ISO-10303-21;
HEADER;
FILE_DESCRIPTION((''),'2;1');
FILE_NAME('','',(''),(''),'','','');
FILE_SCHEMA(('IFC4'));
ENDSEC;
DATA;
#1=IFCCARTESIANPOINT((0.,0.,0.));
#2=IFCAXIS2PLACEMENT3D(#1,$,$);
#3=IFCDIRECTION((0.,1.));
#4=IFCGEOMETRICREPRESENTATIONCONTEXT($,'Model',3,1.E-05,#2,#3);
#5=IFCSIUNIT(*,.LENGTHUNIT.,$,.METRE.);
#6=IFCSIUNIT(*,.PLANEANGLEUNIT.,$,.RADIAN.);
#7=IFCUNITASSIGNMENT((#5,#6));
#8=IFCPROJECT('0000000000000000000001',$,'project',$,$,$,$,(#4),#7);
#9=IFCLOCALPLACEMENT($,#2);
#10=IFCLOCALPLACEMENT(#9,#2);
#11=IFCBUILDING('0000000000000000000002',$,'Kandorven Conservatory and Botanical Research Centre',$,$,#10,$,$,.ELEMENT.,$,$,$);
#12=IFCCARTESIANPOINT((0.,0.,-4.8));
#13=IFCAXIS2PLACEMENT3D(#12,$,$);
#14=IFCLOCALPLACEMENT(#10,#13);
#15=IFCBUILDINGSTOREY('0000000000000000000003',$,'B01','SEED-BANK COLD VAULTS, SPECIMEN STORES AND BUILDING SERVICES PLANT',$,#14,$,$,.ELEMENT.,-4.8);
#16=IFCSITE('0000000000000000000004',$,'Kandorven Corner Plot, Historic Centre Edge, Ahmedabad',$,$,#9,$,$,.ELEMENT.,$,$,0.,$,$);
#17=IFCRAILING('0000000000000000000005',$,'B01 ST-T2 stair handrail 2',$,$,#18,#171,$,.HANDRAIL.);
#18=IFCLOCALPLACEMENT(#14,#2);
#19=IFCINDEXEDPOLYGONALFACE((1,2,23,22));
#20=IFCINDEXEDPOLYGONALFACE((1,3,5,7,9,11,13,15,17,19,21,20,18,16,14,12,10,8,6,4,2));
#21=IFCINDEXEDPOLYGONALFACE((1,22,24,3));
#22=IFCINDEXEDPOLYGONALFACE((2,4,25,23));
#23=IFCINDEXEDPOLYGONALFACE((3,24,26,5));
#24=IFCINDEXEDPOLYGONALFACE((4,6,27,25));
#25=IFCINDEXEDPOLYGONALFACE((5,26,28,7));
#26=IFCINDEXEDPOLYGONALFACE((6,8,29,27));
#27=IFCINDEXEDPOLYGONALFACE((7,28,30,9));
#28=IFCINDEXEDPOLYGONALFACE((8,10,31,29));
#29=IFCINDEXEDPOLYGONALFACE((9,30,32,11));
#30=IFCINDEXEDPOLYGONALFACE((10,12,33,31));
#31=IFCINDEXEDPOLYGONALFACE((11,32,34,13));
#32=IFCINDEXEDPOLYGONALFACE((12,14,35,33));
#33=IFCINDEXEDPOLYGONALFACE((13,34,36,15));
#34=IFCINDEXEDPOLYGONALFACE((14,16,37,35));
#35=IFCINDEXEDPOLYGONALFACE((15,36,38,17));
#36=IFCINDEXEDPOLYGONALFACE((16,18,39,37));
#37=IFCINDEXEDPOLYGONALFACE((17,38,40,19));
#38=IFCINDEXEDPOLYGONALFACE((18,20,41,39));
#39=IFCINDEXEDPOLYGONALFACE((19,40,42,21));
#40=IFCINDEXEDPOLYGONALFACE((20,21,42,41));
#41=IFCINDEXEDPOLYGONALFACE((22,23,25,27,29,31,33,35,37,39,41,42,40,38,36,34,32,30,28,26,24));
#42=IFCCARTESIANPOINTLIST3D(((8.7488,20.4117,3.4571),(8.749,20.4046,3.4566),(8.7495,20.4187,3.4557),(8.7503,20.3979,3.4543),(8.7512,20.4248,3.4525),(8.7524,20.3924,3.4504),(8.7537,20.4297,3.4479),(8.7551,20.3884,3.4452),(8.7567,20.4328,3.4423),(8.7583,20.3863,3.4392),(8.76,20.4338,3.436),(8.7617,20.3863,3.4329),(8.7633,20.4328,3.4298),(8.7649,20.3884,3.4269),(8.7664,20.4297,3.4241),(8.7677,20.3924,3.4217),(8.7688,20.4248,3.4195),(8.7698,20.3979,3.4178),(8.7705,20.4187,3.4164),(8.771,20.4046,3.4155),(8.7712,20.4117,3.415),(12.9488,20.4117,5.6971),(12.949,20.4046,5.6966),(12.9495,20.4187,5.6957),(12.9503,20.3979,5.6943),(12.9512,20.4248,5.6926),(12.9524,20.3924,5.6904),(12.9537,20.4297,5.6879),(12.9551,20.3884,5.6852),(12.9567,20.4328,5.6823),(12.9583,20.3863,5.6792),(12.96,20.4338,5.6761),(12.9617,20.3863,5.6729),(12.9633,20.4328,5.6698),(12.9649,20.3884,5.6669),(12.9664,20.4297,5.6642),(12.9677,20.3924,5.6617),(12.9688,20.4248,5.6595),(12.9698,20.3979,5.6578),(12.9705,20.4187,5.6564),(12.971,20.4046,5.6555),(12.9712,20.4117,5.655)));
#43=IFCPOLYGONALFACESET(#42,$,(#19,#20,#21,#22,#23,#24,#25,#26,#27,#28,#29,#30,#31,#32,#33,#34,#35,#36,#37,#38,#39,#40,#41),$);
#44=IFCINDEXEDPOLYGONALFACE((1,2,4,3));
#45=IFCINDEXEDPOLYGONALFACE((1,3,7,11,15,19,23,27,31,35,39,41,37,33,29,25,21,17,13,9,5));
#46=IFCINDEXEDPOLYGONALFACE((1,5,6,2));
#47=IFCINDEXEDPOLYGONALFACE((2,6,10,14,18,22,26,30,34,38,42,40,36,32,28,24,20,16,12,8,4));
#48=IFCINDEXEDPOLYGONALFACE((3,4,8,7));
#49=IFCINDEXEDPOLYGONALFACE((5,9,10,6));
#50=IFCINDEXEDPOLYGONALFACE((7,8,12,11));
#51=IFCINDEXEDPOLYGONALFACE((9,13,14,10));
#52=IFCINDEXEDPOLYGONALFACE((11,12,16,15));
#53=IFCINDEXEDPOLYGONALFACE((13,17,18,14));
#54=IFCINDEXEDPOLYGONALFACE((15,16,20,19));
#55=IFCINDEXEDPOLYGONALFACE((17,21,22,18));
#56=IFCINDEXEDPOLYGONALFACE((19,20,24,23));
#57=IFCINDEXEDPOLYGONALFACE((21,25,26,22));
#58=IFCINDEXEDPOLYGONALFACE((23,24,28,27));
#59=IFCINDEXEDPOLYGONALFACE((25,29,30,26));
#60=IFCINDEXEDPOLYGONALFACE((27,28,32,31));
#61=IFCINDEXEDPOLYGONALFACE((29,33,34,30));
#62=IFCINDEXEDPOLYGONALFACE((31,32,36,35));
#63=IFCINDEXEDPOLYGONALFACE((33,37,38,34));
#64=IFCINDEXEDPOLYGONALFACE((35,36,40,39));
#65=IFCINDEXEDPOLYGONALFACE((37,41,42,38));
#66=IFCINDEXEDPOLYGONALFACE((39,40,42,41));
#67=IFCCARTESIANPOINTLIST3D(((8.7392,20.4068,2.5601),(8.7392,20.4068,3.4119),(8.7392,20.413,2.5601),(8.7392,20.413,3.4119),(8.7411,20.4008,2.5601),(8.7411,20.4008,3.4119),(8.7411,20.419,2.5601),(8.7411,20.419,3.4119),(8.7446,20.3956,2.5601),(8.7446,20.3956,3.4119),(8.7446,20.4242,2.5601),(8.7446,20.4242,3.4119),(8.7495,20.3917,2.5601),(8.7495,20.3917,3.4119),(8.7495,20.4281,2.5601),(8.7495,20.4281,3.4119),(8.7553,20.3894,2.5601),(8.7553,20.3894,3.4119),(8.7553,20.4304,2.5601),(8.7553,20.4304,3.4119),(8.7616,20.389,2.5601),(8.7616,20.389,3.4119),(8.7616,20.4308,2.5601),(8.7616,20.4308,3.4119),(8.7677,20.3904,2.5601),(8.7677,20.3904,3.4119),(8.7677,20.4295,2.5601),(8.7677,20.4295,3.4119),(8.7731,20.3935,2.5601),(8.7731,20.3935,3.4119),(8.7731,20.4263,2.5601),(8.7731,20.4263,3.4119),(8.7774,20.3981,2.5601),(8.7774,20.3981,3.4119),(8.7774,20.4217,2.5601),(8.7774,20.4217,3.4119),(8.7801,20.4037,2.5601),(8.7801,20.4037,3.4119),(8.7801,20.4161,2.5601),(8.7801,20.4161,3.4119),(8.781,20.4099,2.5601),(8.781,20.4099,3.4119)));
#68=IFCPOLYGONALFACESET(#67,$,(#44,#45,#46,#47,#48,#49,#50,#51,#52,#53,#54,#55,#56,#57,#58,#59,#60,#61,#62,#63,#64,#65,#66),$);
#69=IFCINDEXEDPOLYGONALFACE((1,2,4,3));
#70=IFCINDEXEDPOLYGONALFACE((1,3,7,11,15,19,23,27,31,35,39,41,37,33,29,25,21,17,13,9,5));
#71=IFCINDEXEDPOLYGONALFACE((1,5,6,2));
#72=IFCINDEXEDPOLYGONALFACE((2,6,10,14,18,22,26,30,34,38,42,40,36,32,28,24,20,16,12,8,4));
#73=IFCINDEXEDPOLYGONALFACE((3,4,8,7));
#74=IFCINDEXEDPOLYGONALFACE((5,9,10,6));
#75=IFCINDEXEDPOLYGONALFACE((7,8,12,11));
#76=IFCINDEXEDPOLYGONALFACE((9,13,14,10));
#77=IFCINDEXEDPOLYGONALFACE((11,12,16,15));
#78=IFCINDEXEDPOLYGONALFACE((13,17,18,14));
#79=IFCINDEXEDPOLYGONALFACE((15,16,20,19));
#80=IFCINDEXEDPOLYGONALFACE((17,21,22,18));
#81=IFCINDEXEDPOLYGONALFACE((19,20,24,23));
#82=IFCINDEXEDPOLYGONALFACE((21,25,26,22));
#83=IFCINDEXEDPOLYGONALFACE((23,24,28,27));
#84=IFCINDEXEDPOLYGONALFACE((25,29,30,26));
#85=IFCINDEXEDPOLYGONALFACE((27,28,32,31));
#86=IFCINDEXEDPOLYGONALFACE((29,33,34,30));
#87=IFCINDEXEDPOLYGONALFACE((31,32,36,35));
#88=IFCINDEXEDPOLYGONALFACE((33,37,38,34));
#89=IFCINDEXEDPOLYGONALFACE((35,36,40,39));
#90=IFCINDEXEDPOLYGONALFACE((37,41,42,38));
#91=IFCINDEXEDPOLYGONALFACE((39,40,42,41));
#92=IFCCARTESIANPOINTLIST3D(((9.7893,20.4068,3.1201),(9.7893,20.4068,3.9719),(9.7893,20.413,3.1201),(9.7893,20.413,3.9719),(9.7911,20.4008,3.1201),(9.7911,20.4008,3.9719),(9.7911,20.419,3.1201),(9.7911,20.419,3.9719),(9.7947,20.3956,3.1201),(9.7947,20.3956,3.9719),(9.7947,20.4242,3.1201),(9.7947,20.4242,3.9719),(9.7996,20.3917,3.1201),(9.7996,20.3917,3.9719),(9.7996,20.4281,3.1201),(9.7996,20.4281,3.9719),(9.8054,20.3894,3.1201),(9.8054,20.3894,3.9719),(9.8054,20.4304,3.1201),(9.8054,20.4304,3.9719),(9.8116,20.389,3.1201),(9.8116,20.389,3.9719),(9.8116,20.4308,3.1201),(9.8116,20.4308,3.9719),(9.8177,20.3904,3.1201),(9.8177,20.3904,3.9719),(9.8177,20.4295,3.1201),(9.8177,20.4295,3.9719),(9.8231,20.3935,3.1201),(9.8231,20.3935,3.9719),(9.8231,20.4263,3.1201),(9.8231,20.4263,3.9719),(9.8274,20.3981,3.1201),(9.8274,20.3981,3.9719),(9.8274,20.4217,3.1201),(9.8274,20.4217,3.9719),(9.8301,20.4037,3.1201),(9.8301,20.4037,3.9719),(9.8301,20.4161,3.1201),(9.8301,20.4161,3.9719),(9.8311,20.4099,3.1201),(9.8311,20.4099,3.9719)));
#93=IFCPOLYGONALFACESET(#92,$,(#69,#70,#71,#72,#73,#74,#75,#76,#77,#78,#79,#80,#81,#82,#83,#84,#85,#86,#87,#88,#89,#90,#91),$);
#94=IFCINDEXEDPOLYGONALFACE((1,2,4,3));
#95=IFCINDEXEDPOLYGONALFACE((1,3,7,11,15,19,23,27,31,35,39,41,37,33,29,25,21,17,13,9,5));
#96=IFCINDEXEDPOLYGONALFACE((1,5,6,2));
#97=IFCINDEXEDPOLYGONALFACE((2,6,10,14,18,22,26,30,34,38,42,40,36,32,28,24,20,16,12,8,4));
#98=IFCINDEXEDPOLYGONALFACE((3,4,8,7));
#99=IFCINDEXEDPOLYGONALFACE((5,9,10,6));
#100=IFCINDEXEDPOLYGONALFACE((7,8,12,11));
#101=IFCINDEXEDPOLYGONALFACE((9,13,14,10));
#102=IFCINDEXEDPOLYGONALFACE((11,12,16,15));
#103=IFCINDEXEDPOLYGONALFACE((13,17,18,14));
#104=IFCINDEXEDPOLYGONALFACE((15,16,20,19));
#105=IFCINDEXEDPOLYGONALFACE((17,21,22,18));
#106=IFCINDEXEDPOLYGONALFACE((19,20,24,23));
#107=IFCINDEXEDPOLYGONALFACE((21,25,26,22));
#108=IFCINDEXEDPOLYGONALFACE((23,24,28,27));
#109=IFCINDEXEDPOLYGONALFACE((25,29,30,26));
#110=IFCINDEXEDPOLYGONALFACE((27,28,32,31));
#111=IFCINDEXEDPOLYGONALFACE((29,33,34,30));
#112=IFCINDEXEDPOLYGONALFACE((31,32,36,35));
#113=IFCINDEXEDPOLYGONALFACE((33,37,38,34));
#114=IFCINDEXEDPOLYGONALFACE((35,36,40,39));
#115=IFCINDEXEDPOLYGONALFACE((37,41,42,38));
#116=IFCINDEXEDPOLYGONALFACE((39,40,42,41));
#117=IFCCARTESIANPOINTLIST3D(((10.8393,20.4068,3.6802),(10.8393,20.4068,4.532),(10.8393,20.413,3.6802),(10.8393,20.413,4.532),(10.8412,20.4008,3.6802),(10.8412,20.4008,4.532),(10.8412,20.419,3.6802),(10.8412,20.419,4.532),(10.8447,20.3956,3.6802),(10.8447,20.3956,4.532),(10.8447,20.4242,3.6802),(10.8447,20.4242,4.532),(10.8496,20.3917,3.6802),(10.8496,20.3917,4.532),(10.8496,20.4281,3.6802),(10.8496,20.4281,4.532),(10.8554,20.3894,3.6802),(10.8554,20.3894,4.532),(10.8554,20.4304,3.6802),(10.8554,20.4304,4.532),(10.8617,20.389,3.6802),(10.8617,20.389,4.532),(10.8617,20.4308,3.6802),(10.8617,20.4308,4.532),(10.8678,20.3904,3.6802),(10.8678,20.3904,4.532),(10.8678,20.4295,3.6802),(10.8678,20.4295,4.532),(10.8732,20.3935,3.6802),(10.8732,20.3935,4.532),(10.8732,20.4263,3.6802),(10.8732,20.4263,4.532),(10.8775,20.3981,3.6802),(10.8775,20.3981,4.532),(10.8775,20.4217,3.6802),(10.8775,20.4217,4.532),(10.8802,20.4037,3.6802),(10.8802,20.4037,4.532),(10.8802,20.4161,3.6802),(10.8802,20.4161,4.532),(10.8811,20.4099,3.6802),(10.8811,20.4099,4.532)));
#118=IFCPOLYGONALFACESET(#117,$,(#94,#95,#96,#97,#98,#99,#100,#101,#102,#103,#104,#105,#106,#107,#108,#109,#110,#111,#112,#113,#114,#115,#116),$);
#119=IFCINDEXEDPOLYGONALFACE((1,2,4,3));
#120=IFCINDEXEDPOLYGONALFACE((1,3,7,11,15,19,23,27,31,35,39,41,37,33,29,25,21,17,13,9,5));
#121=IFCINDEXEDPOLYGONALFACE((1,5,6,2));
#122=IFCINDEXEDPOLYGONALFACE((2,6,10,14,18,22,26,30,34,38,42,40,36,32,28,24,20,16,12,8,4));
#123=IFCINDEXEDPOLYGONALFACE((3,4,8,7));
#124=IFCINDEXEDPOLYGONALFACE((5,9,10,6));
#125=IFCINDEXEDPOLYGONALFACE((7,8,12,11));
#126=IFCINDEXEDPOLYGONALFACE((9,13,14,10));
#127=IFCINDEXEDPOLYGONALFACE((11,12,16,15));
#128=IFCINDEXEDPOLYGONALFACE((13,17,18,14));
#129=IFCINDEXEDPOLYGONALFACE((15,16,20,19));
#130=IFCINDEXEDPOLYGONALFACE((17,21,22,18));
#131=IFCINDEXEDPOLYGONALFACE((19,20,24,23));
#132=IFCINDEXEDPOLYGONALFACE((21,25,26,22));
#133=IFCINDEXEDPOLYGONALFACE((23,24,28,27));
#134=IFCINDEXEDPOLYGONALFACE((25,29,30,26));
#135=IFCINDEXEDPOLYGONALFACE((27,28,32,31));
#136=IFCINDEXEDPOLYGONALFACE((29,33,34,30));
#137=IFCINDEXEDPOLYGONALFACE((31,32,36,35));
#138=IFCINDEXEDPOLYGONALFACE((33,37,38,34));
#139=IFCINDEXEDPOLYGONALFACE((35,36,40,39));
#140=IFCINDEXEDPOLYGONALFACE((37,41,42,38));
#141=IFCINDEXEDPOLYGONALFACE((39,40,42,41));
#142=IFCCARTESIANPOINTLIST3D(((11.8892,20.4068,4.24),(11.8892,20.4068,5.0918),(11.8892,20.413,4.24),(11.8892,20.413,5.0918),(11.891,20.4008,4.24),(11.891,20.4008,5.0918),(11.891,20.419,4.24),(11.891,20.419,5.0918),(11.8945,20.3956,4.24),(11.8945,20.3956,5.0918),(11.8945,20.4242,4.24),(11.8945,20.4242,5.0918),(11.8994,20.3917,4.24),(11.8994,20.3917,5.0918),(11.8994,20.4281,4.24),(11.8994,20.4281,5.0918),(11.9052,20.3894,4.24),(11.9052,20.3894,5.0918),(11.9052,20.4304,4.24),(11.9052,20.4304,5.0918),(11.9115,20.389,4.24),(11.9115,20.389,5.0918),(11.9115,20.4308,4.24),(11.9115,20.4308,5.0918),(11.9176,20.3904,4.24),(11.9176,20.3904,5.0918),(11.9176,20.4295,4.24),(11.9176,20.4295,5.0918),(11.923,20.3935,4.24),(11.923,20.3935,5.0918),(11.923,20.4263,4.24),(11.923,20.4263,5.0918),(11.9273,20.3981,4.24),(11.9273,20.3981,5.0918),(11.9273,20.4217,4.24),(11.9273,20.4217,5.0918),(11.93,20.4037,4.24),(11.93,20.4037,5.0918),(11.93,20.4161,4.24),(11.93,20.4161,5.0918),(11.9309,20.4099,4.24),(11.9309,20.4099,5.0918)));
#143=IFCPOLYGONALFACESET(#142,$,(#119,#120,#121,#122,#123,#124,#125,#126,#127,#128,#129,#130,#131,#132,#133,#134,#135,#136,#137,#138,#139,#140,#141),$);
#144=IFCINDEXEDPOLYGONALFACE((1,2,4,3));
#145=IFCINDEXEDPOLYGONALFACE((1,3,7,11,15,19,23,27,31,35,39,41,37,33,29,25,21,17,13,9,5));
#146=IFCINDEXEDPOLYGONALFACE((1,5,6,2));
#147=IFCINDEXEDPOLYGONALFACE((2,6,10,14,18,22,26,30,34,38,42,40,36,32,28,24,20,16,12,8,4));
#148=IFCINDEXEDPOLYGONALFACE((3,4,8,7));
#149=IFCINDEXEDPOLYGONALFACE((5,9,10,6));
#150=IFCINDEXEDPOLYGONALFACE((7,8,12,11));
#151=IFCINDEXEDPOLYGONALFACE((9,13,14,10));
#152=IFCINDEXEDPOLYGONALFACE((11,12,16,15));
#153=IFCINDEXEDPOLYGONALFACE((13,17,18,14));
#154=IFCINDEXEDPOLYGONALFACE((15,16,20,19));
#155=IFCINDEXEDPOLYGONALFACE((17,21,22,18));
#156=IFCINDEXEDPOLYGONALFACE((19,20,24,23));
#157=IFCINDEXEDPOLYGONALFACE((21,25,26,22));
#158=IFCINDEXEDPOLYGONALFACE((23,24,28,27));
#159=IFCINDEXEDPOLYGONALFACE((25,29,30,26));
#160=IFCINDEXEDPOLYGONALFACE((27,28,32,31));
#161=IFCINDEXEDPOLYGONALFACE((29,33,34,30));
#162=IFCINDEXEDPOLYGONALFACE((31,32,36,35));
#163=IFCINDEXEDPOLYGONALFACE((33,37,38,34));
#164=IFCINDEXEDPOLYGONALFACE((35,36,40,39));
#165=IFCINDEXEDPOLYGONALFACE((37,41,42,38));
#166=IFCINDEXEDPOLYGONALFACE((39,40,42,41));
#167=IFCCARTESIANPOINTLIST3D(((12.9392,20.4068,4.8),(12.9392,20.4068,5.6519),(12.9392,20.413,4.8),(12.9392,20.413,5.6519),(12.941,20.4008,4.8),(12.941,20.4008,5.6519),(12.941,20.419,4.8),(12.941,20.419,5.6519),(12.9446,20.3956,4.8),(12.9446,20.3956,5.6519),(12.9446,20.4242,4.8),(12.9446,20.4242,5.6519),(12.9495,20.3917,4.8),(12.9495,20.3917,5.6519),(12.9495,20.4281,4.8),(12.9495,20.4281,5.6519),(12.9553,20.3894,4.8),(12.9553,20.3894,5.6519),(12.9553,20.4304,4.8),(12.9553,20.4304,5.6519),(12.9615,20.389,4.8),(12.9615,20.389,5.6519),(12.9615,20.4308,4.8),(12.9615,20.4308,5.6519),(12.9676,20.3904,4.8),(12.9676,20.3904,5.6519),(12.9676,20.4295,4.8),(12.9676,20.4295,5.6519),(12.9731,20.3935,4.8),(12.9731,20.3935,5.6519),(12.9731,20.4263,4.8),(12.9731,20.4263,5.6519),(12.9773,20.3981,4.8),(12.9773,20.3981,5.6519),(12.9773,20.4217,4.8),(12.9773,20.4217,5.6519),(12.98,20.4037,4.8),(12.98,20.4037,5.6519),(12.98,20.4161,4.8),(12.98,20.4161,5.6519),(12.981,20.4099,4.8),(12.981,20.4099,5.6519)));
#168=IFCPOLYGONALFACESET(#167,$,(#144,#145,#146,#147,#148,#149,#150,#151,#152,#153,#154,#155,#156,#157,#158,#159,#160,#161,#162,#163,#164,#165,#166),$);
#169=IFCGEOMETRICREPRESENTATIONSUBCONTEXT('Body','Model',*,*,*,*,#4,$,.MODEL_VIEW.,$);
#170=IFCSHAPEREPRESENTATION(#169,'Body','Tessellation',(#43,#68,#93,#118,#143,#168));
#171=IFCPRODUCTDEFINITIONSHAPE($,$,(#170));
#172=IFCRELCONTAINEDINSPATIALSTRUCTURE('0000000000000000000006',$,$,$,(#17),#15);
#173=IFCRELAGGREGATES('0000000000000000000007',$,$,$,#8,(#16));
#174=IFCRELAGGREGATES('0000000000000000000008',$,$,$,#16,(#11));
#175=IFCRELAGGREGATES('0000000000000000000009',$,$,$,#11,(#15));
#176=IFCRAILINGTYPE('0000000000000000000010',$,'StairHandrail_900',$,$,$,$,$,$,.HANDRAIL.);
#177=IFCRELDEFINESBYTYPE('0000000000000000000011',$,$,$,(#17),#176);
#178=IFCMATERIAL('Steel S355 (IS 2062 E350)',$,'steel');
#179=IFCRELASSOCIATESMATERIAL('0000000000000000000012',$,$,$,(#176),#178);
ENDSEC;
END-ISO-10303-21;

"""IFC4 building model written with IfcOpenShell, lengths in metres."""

from ifc_helpers import new_model, si_unit, direction, frame, origin, origin_2d, place, context, subcontext, project, spatial, circle, extrude, material, type_object, element, save


model = new_model("IFC4")

# Units and contexts
model_context = context("Model", 3, precision=1e-05, world=origin(), true_north=direction((0.0, 1.0)))
body_context = subcontext(model_context, "Body", "Model", "MODEL_VIEW")
ifc_project = project(units=[si_unit("LENGTHUNIT", "METRE"), si_unit("PLANEANGLEUNIT", "RADIAN")], contexts=[model_context])

# Site, building, storey
site_placement = place(None, origin())
site = spatial("IfcSite", under=ifc_project, at=site_placement, Name="Kandorven Corner Plot, Historic Centre Edge, Ahmedabad", CompositionType="ELEMENT", RefElevation=0.0)
building_placement = place(site_placement, origin())
building = spatial("IfcBuilding", under=site, at=building_placement, Name="Kandorven Conservatory and Botanical Research Centre", CompositionType="ELEMENT")
storey_placement = place(building_placement, frame((0.0, 0.0, -4.8)))
storey = spatial("IfcBuildingStorey", under=building, at=storey_placement, Name="B01", Description="SEED-BANK COLD VAULTS, SPECIMEN STORES AND BUILDING SERVICES PLANT", CompositionType="ELEMENT", Elevation=-4.8)

# Railing
ifc_material_1 = material(Name="Steel S355 (IS 2062 E350)", Category="steel")
railing_type_1 = type_object("IfcRailingType", Name="StairHandrail_900", PredefinedType="HANDRAIL", material=ifc_material_1)
railing_1_placement = place(storey_placement, frame((8.76, 20.4099, 2.5601)))
element("IfcRailing", 1, at=railing_1_placement, inside=storey, type_object=railing_type_1, Name="B01 ST-T2 stair handrail 2", PredefinedType="HANDRAIL", context=body_context, shape_type="SweptSolid", body=[
    extrude(circle(Radius=0.0239, at=origin_2d()), frame((0.0, 0.0, 0.876), z_axis=(0.882352, 0.0, 0.470591), x_axis=(0.0, 1.0, 0.0)), (0.0, 0.0, 1.0), 4.76),
    extrude(circle(Radius=0.021, at=origin_2d()), origin(), (0.0, 0.0, 1.0), 0.8518),
    extrude(circle(Radius=0.021, at=origin_2d()), frame((1.05, 0.0, 0.5601)), (0.0, 0.0, 1.0), 0.8518),
    extrude(circle(Radius=0.021, at=origin_2d()), frame((2.1001, 0.0, 1.1201)), (0.0, 0.0, 1.0), 0.8518),
    extrude(circle(Radius=0.021, at=origin_2d()), frame((3.1499, 0.0, 1.6799)), (0.0, 0.0, 1.0), 0.8518),
    extrude(circle(Radius=0.021, at=origin_2d()), frame((4.2, 0.0, 2.24)), (0.0, 0.0, 1.0), 0.8518),
])

save(model, "model.ifc")
